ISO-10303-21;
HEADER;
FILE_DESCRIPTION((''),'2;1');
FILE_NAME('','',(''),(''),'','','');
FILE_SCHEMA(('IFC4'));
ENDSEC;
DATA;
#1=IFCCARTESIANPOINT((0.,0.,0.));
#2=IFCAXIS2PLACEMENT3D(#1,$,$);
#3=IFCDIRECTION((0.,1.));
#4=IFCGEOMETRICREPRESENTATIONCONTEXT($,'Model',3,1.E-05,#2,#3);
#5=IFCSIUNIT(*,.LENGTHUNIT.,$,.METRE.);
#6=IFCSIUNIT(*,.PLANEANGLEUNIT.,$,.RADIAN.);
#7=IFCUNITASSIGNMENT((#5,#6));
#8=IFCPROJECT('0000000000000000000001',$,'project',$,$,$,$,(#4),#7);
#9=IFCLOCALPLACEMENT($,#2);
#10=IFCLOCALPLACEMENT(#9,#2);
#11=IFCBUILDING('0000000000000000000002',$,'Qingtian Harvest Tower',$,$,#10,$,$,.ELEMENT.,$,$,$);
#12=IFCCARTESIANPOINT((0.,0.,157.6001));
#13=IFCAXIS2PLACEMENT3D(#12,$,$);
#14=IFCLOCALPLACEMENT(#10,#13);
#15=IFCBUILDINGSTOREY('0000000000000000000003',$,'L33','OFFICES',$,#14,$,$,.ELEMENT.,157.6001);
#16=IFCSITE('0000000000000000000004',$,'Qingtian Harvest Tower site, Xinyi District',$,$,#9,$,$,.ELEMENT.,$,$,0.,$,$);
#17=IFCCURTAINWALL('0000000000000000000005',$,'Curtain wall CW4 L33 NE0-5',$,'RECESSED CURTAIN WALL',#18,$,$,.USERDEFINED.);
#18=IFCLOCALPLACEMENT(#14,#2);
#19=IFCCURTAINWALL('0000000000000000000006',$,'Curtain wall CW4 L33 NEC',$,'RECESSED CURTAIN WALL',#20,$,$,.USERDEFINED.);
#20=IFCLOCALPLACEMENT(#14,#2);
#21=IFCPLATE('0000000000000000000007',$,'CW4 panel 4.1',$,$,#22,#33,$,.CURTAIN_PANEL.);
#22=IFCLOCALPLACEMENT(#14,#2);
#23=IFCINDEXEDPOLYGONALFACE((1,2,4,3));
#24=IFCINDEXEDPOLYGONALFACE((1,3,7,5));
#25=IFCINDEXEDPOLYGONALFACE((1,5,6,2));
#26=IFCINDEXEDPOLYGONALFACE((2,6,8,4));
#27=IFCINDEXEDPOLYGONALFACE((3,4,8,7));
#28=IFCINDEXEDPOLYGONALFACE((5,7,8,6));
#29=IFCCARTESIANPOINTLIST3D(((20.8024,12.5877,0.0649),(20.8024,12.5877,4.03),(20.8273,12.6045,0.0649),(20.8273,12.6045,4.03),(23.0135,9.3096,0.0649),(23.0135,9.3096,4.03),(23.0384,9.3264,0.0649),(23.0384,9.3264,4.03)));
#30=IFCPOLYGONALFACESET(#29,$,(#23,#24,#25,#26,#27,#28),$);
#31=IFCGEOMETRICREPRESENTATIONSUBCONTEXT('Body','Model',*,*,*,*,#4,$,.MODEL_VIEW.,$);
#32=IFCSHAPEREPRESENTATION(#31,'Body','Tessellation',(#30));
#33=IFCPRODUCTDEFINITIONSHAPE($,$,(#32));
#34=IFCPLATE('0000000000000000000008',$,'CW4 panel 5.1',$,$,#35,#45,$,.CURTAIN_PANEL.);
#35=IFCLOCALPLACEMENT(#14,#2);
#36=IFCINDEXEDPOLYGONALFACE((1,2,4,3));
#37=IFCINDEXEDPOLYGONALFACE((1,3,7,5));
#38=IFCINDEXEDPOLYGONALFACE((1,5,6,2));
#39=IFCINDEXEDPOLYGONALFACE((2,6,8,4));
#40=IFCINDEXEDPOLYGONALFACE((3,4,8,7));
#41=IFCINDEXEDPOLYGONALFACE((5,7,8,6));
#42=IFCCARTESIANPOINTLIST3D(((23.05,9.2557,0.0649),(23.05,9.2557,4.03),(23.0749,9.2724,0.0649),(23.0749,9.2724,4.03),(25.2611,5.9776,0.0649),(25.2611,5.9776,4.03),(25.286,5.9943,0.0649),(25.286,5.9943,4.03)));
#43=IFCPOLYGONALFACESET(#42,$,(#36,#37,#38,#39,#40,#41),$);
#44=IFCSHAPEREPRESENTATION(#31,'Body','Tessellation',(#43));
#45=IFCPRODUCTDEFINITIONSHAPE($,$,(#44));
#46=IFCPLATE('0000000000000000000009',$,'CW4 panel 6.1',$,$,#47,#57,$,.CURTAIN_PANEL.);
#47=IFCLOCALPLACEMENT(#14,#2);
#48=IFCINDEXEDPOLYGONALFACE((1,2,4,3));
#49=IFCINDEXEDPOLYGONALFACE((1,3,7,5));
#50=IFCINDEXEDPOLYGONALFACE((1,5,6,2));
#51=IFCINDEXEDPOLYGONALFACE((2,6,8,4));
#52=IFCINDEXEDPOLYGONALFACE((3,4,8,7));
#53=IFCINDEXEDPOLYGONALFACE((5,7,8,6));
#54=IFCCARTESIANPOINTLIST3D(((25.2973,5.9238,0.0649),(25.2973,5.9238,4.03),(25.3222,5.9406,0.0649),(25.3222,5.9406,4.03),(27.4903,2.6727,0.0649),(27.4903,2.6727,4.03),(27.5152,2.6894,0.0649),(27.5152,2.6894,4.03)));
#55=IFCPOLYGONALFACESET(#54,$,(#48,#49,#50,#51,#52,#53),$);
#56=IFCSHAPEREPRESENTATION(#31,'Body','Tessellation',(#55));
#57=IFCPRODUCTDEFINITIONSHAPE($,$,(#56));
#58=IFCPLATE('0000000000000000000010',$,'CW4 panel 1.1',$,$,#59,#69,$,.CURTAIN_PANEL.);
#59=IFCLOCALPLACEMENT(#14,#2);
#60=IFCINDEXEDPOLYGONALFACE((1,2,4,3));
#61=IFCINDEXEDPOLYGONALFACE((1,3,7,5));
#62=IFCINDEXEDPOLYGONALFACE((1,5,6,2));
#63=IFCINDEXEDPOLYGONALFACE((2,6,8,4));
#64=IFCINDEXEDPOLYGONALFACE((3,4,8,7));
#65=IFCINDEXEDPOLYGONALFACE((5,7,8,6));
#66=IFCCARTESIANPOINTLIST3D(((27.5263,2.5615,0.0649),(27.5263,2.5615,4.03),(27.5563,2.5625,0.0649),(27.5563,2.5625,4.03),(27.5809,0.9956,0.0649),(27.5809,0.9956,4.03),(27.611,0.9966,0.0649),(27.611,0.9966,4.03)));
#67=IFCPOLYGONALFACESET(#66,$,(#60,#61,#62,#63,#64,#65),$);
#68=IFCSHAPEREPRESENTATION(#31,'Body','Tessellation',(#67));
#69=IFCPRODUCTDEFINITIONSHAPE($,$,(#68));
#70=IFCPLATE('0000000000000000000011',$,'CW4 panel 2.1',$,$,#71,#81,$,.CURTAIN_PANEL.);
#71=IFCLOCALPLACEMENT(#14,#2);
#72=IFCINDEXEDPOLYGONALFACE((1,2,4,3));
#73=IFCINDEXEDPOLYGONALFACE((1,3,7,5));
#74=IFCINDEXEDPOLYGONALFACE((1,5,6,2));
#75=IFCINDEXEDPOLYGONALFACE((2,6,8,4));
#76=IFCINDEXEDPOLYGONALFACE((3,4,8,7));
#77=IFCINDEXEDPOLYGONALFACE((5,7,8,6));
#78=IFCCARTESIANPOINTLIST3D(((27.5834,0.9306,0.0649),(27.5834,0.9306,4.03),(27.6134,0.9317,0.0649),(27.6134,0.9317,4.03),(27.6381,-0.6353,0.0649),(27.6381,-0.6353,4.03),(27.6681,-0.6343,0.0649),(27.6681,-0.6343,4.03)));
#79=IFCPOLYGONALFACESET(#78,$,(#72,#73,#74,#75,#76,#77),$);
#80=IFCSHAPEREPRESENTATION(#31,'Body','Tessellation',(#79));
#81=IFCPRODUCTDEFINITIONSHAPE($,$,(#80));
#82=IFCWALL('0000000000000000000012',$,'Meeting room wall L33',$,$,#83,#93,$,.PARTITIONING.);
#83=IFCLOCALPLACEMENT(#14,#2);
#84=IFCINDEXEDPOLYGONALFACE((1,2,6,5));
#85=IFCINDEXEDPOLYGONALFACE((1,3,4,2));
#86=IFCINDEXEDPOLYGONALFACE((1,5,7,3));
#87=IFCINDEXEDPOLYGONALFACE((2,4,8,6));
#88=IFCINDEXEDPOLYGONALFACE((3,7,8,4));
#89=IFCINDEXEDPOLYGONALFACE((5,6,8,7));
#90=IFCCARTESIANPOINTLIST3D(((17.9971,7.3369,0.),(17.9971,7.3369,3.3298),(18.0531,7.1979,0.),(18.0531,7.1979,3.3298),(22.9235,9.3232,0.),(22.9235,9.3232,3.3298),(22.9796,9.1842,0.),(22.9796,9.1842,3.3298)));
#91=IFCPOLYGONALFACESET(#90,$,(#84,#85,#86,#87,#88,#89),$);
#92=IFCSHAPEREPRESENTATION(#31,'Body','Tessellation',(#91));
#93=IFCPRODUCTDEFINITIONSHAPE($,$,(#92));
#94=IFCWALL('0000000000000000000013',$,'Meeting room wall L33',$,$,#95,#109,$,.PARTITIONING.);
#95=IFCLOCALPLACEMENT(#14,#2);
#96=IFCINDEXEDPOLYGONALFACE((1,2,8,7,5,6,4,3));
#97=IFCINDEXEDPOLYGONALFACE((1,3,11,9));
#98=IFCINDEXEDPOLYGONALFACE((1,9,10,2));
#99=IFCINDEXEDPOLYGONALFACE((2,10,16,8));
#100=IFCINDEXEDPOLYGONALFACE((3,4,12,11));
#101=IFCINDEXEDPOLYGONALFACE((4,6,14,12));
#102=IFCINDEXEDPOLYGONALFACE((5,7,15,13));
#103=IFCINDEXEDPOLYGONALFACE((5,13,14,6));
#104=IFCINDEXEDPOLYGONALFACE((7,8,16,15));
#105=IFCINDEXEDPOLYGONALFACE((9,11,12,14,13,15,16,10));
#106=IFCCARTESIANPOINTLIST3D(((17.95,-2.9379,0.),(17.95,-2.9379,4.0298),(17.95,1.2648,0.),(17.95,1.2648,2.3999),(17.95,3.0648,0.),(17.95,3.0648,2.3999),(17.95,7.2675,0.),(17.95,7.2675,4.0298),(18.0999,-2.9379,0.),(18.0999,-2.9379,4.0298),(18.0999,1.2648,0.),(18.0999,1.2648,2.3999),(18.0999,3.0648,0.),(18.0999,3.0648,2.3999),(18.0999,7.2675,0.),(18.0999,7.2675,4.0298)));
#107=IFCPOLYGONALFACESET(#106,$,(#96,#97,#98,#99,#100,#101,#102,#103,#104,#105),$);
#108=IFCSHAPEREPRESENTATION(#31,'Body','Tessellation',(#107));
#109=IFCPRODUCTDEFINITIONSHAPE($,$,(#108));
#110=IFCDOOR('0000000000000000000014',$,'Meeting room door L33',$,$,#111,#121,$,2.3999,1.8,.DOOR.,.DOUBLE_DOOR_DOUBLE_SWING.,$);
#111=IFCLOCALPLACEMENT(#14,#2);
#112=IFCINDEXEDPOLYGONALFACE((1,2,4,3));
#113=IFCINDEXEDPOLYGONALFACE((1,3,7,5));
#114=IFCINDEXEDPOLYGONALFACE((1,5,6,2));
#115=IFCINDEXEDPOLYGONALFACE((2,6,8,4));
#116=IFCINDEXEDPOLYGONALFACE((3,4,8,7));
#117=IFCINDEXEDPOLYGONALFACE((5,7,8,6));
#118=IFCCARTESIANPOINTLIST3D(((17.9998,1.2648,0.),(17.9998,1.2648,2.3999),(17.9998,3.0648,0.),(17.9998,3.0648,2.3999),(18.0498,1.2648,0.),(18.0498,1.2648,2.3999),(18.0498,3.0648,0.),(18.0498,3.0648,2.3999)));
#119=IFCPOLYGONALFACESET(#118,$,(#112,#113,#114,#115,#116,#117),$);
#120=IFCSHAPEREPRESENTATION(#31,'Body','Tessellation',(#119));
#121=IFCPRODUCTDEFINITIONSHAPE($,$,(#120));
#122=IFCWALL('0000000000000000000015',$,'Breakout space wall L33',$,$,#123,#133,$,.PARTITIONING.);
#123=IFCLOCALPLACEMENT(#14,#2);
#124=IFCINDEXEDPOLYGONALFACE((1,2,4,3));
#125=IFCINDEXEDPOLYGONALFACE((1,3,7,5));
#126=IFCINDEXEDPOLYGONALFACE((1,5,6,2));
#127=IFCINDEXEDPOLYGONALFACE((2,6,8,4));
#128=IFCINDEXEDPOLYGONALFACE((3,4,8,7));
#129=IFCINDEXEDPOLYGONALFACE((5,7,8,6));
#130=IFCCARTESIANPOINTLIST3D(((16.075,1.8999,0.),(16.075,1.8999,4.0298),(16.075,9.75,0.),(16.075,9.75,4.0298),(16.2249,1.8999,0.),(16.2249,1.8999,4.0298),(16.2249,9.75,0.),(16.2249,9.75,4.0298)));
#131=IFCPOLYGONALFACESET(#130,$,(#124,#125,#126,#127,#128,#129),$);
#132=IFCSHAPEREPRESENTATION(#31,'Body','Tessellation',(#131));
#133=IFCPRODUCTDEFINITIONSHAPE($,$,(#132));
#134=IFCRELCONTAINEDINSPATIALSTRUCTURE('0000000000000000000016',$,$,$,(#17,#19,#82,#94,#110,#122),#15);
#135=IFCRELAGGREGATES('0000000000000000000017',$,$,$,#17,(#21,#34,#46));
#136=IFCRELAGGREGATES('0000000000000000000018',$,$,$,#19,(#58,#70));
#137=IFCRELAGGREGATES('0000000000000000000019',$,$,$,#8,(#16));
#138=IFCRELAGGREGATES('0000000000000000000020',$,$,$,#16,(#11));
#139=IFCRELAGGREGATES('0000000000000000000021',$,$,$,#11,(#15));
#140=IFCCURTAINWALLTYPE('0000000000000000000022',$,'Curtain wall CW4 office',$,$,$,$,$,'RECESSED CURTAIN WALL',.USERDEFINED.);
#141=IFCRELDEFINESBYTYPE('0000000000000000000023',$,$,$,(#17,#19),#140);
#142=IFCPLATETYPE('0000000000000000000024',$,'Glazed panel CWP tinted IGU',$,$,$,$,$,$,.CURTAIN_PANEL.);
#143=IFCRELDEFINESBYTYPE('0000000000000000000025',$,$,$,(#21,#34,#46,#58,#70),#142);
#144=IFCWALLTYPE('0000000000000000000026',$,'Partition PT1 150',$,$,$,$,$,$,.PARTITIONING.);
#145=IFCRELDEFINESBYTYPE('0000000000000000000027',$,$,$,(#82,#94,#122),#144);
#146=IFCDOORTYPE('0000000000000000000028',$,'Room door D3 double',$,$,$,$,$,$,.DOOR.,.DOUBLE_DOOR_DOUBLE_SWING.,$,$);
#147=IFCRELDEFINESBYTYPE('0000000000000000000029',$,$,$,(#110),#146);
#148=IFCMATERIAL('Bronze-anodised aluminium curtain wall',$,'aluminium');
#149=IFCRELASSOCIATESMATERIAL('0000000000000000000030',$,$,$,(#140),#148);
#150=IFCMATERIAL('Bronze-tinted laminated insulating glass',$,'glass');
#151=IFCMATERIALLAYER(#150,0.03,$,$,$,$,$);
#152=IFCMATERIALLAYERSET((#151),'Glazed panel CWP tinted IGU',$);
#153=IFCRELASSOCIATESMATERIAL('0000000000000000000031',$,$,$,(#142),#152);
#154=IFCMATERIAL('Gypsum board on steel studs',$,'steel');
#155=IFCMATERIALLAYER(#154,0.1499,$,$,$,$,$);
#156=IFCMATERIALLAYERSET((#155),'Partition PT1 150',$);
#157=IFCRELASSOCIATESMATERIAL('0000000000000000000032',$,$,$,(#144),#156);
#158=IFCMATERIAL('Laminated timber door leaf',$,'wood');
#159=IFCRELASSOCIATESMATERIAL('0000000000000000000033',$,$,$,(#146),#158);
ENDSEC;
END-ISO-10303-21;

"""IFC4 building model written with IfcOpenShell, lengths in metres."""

from ifc_helpers import new_model, si_unit, direction, frame, frame_2d, origin, origin_2d, place, context, subcontext, project, spatial, rectangle, extrude, material, layer, layer_set, type_object, element, fill, aggregate, save


model = new_model("IFC4")

# Units and contexts
model_context = context("Model", 3, precision=1e-05, world=origin(), true_north=direction((0.0, 1.0)))
body_context = subcontext(model_context, "Body", "Model", "MODEL_VIEW")
ifc_project = project(units=[si_unit("LENGTHUNIT", "METRE"), si_unit("PLANEANGLEUNIT", "RADIAN")], contexts=[model_context])

# Site, building, storey
site_placement = place(None, origin())
site = spatial("IfcSite", under=ifc_project, at=site_placement, Name="Qingtian Harvest Tower site, Xinyi District", CompositionType="ELEMENT", RefElevation=0.0)
building_placement = place(site_placement, origin())
building = spatial("IfcBuilding", under=site, at=building_placement, Name="Qingtian Harvest Tower", CompositionType="ELEMENT")
storey_placement = place(building_placement, frame((0.0, 0.0, 157.6001)))
storey = spatial("IfcBuildingStorey", under=building, at=storey_placement, Name="L33", Description="OFFICES", CompositionType="ELEMENT", Elevation=157.6001)

# Curtain walls
ifc_material_1 = material(Name="Bronze-anodised aluminium curtain wall", Category="aluminium")
curtain_wall_type = type_object("IfcCurtainWallType", Name="Curtain wall CW4 office", ElementType="RECESSED CURTAIN WALL", PredefinedType="USERDEFINED", material=ifc_material_1)
curtain_wall_1_placement = place(storey_placement, origin())
curtain_wall_1 = element("IfcCurtainWall", 1, at=curtain_wall_1_placement, inside=storey, type_object=curtain_wall_type, Name="Curtain wall CW4 L33 NE0-5", ObjectType="RECESSED CURTAIN WALL", PredefinedType="USERDEFINED")
curtain_wall_2_placement = place(storey_placement, origin())
curtain_wall_2 = element("IfcCurtainWall", 2, at=curtain_wall_2_placement, inside=storey, type_object=curtain_wall_type, Name="Curtain wall CW4 L33 NEC", ObjectType="RECESSED CURTAIN WALL", PredefinedType="USERDEFINED")

# Plates
ifc_material_2 = material(Name="Bronze-tinted laminated insulating glass", Category="glass")
ifc_layer_1 = layer(ifc_material_2, 0.03)
ifc_layer_set_1 = layer_set([ifc_layer_1], Name="Glazed panel CWP tinted IGU")
plate_type = type_object("IfcPlateType", Name="Glazed panel CWP tinted IGU", PredefinedType="CURTAIN_PANEL", material=ifc_layer_set_1)
plate_1_placement = place(storey_placement, frame((21.9204, 10.957, 0.0649), z_axis=(0.0, 0.0, 1.0), x_axis=(0.559193, -0.829038, 0.0)))
plate_1 = element("IfcPlate", 3, at=plate_1_placement, type_object=plate_type, Name="CW4 panel 4.1", PredefinedType="CURTAIN_PANEL", context=body_context, shape_type="SweptSolid", body=[
    extrude(rectangle(XDim=3.9541, YDim=0.03, at=origin_2d()), origin(), (0.0, 0.0, 1.0), 3.9651),
])
plate_2_placement = place(storey_placement, frame((24.168, 7.625, 0.0649), z_axis=(0.0, 0.0, 1.0), x_axis=(0.559193, -0.829038, 0.0)))
plate_2 = element("IfcPlate", 4, at=plate_2_placement, type_object=plate_type, Name="CW4 panel 5.1", PredefinedType="CURTAIN_PANEL", context=body_context, shape_type="SweptSolid", body=[
    extrude(rectangle(XDim=3.9541, YDim=0.03, at=origin_2d()), origin(), (0.0, 0.0, 1.0), 3.9651),
])
plate_3_placement = place(storey_placement, frame((26.4062, 4.3066, 0.0649), z_axis=(0.0, 0.0, 1.0), x_axis=(0.559193, -0.829038, 0.0)))
plate_3 = element("IfcPlate", 5, at=plate_3_placement, type_object=plate_type, Name="CW4 panel 6.1", PredefinedType="CURTAIN_PANEL", context=body_context, shape_type="SweptSolid", body=[
    extrude(rectangle(XDim=3.9216, YDim=0.03, at=origin_2d()), origin(), (0.0, 0.0, 1.0), 3.9651),
])
aggregate(curtain_wall_1, [plate_1, plate_2, plate_3])
plate_4_placement = place(storey_placement, frame((27.5686, 1.7791, 0.0649), z_axis=(0.0, 0.0, 1.0), x_axis=(0.034899, -0.999391, 0.0)))
plate_4 = element("IfcPlate", 6, at=plate_4_placement, type_object=plate_type, Name="CW4 panel 1.1", PredefinedType="CURTAIN_PANEL", context=body_context, shape_type="SweptSolid", body=[
    extrude(rectangle(XDim=1.5669, YDim=0.03, at=origin_2d()), origin(), (0.0, 0.0, 1.0), 3.9651),
])
plate_5_placement = place(storey_placement, frame((27.6257, 0.1482, 0.0649), z_axis=(0.0, 0.0, 1.0), x_axis=(0.034899, -0.999391, 0.0)))
plate_5 = element("IfcPlate", 7, at=plate_5_placement, type_object=plate_type, Name="CW4 panel 2.1", PredefinedType="CURTAIN_PANEL", context=body_context, shape_type="SweptSolid", body=[
    extrude(rectangle(XDim=1.5669, YDim=0.03, at=origin_2d()), origin(), (0.0, 0.0, 1.0), 3.9651),
])
aggregate(curtain_wall_2, [plate_4, plate_5])

# Shared definitions
ifc_material_3 = material(Name="Gypsum board on steel studs", Category="steel")
ifc_layer_2 = layer(ifc_material_3, 0.1499)
ifc_layer_set_2 = layer_set([ifc_layer_2], Name="Partition PT1 150")
wall_type = type_object("IfcWallType", Name="Partition PT1 150", PredefinedType="PARTITIONING", material=ifc_layer_set_2)

# Wall
wall_1_placement = place(storey_placement, frame((22.9514, 9.2537, 0.0), z_axis=(0.0, 0.0, 1.0), x_axis=(-0.927453, -0.373941, 0.0)))
element("IfcWall", 8, at=wall_1_placement, inside=storey, type_object=wall_type, Name="Meeting room wall L33", PredefinedType="PARTITIONING", context=body_context, shape_type="SweptSolid", body=[
    extrude(rectangle(XDim=5.3118, YDim=0.1499, at=frame_2d((2.6558, 0.0))), origin(), (0.0, 0.0, 1.0), 3.3298),
])

# Wall, opening, door
wall_2_placement = place(storey_placement, frame((18.0249, 7.2673, 0.0), z_axis=(0.0, 0.0, 1.0), x_axis=(0.0, -1.0, 0.0)))
wall_2 = element("IfcWall", 9, at=wall_2_placement, inside=storey, type_object=wall_type, Name="Meeting room wall L33", PredefinedType="PARTITIONING", context=body_context, shape_type="SweptSolid", body=[
    extrude(rectangle(XDim=10.2053, YDim=0.1499, at=frame_2d((5.1025, 0.0))), origin(), (0.0, 0.0, 1.0), 4.0298),
])
opening_1_placement = place(wall_2_placement, frame((4.2026, 0.0, 0.0)))
opening_1 = element("IfcOpeningElement", 10, at=opening_1_placement, cuts=wall_2, PredefinedType="OPENING", context=body_context, shape_type="SweptSolid", body=[
    extrude(rectangle(XDim=1.8, YDim=2.3999, at=frame_2d((0.8999, 1.2))), frame((0.0, 0.085, 0.0), z_axis=(0.0, -1.0, 0.0), x_axis=(1.0, 0.0, 0.0)), (0.0, 0.0, 1.0), 0.1699),
])
ifc_material_4 = material(Name="Laminated timber door leaf", Category="wood")
door_type_1 = type_object("IfcDoorType", Name="Room door D3 double", OperationType="DOUBLE_DOOR_DOUBLE_SWING", PredefinedType="DOOR", material=ifc_material_4)
door_1_placement = place(opening_1_placement, origin())
door_1 = element("IfcDoor", 11, at=door_1_placement, inside=storey, type_object=door_type_1, Name="Meeting room door L33", OperationType="DOUBLE_DOOR_DOUBLE_SWING", OverallHeight=2.3999, OverallWidth=1.8, PredefinedType="DOOR", context=body_context, shape_type="SweptSolid", body=[
    extrude(rectangle(XDim=1.8, YDim=2.3999, at=frame_2d((0.8999, 1.2))), frame((0.0, 0.0249, 0.0), z_axis=(0.0, -1.0, 0.0), x_axis=(1.0, 0.0, 0.0)), (0.0, 0.0, 1.0), 0.05),
])
fill(opening_1, door_1)

# Wall
wall_3_placement = place(storey_placement, frame((16.1499, 1.8999, 0.0), z_axis=(0.0, 0.0, 1.0), x_axis=(0.0, 1.0, 0.0)))
element("IfcWall", 12, at=wall_3_placement, inside=storey, type_object=wall_type, Name="Breakout space wall L33", PredefinedType="PARTITIONING", context=body_context, shape_type="SweptSolid", body=[
    extrude(rectangle(XDim=7.8501, YDim=0.1499, at=frame_2d((3.925, 0.0))), origin(), (0.0, 0.0, 1.0), 4.0298),
])

save(model, "model.ifc")
